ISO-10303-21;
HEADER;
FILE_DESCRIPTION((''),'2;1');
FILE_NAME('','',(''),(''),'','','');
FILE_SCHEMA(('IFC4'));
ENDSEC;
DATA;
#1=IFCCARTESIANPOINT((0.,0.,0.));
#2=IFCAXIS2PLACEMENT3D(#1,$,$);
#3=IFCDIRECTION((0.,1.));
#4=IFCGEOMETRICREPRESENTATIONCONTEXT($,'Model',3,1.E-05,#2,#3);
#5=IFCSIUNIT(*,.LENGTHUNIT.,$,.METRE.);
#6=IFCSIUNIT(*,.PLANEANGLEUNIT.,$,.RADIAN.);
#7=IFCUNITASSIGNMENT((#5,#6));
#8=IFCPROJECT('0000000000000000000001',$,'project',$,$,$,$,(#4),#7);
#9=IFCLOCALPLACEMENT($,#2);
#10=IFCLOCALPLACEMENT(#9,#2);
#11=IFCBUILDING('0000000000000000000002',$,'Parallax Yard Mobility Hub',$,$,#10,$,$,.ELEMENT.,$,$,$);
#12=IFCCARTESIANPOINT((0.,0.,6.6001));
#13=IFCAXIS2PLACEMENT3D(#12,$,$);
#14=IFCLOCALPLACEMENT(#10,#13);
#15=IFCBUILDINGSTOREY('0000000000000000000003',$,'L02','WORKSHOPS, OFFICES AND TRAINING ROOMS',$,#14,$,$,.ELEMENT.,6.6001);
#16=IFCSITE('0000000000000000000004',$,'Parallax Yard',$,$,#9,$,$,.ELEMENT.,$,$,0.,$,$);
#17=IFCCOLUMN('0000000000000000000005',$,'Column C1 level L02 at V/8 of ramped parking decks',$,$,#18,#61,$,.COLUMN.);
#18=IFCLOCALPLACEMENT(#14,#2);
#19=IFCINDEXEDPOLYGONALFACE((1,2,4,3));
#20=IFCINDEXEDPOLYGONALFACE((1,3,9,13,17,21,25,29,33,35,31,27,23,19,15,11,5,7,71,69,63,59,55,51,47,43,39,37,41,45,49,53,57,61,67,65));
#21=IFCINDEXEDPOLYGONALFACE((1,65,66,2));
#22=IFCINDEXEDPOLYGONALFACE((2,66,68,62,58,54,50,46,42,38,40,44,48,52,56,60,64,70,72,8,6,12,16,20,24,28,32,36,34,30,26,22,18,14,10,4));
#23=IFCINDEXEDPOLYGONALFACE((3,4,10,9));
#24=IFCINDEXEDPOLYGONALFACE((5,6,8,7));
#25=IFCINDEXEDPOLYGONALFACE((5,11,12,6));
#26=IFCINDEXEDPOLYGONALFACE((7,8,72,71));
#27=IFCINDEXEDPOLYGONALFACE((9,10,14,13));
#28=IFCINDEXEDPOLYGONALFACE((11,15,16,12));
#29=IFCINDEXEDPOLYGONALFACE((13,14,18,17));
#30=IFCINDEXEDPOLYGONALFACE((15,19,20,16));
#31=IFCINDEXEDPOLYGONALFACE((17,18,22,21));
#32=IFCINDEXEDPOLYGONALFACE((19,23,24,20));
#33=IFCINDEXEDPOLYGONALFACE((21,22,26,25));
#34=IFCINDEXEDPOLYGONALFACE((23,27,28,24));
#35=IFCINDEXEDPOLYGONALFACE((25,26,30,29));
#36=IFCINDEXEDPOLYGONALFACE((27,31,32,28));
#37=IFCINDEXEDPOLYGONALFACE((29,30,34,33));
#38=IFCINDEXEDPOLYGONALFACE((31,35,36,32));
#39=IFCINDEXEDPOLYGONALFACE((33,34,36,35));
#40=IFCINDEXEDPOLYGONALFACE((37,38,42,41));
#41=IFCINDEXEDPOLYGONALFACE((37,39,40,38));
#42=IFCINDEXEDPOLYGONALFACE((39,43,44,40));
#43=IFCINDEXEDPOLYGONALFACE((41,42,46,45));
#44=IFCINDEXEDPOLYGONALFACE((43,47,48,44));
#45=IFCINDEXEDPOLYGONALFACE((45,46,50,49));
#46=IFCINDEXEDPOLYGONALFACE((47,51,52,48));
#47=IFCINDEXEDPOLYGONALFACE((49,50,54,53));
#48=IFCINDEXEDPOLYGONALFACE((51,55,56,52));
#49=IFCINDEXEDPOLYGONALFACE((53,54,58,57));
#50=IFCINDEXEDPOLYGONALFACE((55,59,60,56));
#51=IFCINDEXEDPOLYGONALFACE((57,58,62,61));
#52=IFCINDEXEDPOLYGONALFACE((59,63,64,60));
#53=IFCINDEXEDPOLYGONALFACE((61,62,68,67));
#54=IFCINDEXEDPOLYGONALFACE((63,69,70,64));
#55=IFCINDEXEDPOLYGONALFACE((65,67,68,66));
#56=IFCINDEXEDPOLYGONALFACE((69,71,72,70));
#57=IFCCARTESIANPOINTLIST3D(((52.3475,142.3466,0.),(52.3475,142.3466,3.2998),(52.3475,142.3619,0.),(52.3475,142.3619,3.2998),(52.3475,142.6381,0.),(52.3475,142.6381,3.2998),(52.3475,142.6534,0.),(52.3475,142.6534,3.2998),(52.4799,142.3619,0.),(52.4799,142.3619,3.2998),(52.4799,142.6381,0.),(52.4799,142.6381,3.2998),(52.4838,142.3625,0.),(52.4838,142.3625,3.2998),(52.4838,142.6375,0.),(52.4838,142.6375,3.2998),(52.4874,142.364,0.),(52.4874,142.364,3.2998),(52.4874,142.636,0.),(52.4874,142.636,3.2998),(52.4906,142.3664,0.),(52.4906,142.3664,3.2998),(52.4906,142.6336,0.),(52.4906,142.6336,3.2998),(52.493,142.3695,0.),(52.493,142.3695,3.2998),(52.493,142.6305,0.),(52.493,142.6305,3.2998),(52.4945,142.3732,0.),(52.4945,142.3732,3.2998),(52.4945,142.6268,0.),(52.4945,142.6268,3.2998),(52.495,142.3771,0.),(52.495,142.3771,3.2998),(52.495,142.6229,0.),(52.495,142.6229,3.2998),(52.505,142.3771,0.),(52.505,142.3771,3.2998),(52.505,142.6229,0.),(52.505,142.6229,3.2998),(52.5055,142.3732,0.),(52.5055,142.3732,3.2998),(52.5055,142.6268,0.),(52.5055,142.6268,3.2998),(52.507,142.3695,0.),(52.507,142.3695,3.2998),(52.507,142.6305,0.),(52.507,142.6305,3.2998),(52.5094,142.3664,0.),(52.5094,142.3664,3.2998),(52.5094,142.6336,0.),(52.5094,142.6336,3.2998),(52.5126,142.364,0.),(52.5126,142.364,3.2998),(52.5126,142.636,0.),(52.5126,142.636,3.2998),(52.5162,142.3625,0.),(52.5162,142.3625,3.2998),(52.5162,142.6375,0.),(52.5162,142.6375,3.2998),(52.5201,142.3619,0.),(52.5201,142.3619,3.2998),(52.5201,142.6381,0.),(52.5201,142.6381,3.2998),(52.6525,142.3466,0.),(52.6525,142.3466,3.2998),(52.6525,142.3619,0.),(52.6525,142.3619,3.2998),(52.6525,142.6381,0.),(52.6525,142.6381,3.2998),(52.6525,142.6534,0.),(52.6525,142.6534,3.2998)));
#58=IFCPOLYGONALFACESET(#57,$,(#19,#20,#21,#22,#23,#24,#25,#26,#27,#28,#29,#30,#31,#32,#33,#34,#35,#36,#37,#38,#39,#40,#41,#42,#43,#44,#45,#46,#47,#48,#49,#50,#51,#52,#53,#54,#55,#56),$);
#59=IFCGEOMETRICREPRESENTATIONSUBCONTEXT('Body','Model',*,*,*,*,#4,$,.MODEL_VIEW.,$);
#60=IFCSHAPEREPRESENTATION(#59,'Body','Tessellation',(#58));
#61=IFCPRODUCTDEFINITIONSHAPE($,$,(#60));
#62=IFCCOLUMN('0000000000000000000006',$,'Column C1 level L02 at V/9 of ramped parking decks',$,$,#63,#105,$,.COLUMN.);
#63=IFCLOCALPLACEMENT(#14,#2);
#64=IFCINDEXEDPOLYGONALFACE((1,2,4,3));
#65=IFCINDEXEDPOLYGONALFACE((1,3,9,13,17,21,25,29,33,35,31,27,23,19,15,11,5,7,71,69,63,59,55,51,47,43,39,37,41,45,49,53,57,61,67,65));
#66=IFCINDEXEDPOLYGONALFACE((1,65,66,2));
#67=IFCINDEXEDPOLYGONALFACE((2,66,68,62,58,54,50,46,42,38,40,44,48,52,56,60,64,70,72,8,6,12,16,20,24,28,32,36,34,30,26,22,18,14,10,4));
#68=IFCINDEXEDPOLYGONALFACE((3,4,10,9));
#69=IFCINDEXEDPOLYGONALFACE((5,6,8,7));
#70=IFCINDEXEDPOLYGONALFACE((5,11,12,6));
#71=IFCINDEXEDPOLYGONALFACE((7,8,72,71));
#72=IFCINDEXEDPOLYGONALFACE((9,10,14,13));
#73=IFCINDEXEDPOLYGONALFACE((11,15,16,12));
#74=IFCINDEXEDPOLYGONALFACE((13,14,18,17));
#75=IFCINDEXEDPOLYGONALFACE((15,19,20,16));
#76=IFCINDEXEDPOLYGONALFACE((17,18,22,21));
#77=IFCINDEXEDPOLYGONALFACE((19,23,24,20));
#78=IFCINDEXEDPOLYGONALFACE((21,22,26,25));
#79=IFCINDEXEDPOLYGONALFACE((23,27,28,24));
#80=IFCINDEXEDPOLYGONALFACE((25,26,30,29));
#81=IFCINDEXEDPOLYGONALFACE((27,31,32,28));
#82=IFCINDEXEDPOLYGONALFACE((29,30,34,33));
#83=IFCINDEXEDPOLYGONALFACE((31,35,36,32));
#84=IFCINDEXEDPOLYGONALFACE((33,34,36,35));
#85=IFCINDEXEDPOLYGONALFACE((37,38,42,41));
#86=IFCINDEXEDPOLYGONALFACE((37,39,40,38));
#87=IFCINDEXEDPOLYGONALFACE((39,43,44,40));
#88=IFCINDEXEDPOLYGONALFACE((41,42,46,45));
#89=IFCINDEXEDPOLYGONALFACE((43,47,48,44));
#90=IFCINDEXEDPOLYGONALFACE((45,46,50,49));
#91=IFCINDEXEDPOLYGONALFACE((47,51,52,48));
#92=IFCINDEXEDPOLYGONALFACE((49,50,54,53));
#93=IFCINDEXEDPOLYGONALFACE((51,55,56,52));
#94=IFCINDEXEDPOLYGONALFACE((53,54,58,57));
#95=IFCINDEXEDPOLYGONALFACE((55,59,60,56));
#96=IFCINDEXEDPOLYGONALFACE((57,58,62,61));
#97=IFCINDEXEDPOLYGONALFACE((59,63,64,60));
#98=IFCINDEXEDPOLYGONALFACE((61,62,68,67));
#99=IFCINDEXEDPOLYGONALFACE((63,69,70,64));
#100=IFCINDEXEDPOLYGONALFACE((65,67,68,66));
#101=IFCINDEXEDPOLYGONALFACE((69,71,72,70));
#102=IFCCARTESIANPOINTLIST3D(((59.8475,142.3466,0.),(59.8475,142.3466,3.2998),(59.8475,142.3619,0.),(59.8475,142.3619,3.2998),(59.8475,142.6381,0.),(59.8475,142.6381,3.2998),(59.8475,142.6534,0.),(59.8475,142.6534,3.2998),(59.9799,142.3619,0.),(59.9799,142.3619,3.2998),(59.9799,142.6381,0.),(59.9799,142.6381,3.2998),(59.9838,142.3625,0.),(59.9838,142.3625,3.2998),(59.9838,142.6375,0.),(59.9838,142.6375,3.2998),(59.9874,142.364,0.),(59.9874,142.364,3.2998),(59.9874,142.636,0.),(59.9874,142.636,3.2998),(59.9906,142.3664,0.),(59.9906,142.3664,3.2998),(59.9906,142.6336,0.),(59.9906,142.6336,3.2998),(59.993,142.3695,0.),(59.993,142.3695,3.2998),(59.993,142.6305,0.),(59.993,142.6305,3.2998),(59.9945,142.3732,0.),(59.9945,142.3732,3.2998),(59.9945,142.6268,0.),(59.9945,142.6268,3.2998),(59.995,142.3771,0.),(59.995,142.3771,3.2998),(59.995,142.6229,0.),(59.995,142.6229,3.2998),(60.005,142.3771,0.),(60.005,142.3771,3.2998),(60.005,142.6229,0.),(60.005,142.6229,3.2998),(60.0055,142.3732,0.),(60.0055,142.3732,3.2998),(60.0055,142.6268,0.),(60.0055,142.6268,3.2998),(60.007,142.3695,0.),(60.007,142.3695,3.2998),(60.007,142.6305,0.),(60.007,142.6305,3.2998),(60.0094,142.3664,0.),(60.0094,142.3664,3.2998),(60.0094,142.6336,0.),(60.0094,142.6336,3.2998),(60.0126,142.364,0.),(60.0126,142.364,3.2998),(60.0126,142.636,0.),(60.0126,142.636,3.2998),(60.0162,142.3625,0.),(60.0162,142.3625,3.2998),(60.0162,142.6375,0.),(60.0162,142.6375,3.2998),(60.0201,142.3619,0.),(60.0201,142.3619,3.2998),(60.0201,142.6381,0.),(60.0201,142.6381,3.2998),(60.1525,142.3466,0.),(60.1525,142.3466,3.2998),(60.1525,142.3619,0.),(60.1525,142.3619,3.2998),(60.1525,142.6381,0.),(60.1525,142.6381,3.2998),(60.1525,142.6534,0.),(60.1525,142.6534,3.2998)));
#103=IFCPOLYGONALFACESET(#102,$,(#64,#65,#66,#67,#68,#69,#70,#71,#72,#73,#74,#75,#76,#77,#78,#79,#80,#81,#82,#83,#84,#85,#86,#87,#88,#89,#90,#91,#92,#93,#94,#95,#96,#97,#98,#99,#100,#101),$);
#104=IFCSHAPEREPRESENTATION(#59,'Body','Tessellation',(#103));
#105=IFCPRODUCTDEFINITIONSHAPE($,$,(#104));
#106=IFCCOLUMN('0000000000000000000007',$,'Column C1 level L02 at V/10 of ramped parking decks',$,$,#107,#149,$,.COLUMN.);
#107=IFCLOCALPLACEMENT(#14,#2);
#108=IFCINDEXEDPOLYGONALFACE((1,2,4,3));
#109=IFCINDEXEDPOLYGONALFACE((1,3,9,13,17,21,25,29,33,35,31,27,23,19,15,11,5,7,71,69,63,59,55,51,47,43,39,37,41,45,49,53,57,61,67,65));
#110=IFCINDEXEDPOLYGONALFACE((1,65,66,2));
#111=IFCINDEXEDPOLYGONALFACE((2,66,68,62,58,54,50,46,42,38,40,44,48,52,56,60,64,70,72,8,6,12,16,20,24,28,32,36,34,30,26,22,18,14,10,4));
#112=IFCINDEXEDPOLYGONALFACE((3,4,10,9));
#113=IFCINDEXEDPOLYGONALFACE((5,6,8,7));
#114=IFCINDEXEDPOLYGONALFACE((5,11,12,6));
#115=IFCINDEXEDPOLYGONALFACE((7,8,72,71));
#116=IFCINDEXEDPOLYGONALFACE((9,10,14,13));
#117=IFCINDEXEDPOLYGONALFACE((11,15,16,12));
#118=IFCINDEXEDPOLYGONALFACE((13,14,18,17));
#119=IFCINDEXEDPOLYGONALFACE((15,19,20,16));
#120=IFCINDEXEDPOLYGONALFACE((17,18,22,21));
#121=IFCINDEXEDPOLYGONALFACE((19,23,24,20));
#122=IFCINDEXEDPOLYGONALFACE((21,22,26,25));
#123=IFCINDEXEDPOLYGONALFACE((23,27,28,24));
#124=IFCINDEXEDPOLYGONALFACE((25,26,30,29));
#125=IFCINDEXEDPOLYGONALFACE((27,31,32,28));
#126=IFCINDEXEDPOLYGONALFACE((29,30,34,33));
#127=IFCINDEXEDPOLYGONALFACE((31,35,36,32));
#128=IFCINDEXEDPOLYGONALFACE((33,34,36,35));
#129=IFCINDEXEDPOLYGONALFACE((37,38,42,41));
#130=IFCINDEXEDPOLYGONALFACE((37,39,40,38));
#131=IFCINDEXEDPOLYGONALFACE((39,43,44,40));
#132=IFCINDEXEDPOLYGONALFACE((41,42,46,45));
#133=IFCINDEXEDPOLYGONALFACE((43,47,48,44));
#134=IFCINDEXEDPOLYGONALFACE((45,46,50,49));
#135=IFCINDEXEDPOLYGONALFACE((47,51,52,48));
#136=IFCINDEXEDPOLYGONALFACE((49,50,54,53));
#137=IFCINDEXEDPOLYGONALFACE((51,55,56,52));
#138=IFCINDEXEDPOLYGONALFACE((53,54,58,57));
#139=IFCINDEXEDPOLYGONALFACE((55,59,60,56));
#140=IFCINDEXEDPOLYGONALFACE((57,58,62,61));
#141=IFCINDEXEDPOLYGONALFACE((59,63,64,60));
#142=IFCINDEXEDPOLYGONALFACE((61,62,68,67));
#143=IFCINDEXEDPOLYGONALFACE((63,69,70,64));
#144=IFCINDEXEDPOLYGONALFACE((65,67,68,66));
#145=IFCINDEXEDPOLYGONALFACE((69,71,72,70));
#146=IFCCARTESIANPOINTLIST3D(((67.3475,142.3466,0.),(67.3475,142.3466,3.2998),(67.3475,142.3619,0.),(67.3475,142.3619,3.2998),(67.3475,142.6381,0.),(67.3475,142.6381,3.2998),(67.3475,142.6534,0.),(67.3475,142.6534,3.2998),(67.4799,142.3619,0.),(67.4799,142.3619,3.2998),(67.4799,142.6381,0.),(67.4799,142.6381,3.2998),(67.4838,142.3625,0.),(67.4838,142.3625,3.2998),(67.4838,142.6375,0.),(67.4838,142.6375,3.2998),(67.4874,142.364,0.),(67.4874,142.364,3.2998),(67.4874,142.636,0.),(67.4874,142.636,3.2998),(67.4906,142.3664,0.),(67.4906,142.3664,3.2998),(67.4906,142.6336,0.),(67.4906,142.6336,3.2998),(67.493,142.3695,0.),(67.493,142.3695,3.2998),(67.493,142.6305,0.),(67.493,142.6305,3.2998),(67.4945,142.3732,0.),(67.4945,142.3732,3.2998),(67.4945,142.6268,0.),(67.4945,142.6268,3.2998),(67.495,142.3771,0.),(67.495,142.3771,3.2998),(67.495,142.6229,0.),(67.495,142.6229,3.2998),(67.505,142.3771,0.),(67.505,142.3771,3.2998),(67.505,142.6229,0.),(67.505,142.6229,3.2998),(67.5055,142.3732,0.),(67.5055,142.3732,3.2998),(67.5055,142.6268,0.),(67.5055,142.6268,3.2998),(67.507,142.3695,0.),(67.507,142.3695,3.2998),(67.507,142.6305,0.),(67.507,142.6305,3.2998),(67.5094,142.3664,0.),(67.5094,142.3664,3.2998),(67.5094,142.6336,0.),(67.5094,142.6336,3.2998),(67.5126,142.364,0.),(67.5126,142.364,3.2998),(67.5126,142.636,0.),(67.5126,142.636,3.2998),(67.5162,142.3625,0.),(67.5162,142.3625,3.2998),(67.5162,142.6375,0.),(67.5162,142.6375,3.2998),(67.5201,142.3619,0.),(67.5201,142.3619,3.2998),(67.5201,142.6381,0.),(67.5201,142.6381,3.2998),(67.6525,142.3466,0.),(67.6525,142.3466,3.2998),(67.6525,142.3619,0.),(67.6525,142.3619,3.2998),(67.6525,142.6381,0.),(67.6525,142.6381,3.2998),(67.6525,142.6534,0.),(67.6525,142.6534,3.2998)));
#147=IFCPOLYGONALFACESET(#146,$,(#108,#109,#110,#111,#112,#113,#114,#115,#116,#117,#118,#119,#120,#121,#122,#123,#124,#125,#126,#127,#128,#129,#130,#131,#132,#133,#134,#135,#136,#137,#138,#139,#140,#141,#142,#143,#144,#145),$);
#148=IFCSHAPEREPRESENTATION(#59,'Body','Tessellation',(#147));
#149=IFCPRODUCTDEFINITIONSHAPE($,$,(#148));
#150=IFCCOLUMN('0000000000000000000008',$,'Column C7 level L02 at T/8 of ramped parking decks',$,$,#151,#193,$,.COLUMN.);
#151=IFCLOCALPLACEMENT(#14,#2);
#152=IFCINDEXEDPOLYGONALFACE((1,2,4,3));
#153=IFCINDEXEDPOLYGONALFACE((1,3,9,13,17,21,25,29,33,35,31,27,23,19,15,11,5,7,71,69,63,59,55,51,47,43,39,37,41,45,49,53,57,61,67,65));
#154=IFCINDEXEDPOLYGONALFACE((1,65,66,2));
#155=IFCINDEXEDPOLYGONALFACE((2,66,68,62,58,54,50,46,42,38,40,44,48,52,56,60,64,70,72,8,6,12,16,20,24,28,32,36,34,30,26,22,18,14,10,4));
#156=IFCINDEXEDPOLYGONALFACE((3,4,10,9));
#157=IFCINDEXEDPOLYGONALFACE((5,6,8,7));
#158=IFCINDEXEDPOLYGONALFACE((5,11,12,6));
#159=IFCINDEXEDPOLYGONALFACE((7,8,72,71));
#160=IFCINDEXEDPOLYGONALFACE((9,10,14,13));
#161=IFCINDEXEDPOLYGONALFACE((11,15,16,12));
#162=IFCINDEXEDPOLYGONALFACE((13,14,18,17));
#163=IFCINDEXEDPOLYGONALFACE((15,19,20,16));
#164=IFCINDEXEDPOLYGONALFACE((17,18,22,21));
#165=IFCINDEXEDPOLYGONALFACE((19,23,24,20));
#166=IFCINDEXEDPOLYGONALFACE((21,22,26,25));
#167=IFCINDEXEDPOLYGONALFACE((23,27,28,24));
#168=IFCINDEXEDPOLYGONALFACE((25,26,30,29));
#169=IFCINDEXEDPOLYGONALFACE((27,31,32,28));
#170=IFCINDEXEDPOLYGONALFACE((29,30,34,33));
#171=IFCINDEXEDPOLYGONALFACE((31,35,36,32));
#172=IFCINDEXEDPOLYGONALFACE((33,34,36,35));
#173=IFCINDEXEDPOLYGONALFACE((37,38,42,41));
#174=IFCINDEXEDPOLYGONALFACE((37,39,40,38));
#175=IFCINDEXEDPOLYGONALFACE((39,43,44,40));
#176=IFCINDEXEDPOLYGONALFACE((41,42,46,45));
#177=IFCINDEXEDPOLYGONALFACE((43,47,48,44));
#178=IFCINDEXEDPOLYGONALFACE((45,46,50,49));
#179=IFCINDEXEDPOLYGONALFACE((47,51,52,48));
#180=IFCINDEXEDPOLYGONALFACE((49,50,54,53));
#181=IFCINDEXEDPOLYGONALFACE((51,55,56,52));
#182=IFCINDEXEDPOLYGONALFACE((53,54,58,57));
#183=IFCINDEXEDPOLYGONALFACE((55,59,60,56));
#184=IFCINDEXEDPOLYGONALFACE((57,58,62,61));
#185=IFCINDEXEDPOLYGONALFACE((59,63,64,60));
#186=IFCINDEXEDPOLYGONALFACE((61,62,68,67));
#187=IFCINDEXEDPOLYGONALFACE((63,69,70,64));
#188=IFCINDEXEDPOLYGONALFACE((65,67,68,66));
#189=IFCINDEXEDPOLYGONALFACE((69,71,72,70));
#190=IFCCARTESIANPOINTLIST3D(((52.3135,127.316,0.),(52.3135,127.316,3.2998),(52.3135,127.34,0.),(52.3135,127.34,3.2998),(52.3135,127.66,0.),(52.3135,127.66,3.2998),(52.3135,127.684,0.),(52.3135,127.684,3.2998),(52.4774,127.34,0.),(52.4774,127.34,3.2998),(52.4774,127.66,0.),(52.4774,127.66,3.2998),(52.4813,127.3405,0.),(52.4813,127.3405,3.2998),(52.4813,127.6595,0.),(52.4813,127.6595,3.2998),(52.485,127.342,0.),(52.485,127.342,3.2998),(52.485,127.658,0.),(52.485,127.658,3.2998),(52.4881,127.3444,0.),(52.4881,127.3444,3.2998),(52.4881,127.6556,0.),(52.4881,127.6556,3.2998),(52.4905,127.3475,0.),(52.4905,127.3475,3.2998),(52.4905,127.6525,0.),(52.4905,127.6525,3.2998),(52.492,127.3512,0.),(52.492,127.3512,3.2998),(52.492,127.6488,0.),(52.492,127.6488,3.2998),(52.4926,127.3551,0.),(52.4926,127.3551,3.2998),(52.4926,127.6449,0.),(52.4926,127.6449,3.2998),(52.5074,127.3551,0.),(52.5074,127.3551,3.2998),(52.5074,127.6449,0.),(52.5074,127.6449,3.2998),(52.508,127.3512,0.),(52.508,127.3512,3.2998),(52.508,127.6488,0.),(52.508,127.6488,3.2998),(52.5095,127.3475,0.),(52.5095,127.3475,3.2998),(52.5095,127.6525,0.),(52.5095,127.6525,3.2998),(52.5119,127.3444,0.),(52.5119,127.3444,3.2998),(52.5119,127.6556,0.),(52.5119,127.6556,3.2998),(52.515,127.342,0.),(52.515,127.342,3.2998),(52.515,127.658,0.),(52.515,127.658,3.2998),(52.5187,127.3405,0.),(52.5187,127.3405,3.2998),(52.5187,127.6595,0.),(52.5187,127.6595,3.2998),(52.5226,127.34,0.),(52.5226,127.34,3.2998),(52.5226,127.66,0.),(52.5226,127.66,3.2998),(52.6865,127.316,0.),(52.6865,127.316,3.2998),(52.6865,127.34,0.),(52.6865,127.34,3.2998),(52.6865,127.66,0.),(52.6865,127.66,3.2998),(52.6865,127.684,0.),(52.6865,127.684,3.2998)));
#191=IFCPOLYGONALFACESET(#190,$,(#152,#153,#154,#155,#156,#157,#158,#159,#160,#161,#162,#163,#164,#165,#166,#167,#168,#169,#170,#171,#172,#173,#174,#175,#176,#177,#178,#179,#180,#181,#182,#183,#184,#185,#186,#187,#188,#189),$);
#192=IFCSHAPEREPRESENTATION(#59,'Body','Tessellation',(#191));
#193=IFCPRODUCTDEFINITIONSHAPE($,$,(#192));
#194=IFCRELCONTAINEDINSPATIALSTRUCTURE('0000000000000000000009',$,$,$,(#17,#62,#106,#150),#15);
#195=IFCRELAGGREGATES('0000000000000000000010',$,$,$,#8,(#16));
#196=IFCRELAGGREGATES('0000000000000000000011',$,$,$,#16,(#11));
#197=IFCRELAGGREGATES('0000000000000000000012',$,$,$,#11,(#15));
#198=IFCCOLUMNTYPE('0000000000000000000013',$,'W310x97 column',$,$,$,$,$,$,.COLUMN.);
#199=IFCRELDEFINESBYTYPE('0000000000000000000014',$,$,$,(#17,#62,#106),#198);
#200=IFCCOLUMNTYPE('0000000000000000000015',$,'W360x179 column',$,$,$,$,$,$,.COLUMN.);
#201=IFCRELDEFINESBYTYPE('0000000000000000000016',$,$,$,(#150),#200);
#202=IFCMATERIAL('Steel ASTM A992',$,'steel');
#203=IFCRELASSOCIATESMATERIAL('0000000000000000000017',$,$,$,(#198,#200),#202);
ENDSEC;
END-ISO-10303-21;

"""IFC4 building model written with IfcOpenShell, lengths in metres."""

from ifc_helpers import new_model, si_unit, direction, frame, origin, origin_2d, place, context, subcontext, project, spatial, i_section, extrude, material, material_profile, profile_set, type_object, element, save


model = new_model("IFC4")

# Units and contexts
model_context = context("Model", 3, precision=1e-05, world=origin(), true_north=direction((0.0, 1.0)))
body_context = subcontext(model_context, "Body", "Model", "MODEL_VIEW")
ifc_project = project(units=[si_unit("LENGTHUNIT", "METRE"), si_unit("PLANEANGLEUNIT", "RADIAN")], contexts=[model_context])

# Site, building, storey
site_placement = place(None, origin())
site = spatial("IfcSite", under=ifc_project, at=site_placement, Name="Parallax Yard", CompositionType="ELEMENT", RefElevation=0.0)
building_placement = place(site_placement, origin())
building = spatial("IfcBuilding", under=site, at=building_placement, Name="Parallax Yard Mobility Hub", CompositionType="ELEMENT")
storey_placement = place(building_placement, frame((0.0, 0.0, 6.6001)))
storey = spatial("IfcBuildingStorey", under=building, at=storey_placement, Name="L02", Description="WORKSHOPS, OFFICES AND TRAINING ROOMS", CompositionType="ELEMENT", Elevation=6.6001)

# Columns
ifc_material_1 = material(Name="Steel ASTM A992", Category="steel")
ifc_material_profile_1 = material_profile(ifc_material_1, i_section(OverallWidth=0.3049, OverallDepth=0.3069, WebThickness=0.01, FlangeThickness=0.0154, FilletRadius=0.0151, at=origin_2d()), Name="W310x97")
ifc_profile_set_1 = profile_set([ifc_material_profile_1], Name="Steel ASTM A992")
column_type_1 = type_object("IfcColumnType", Name="W310x97 column", PredefinedType="COLUMN", material=ifc_profile_set_1)
for number, where, z_axis, x_axis, name in (
    (1, (52.5, 142.5, 0.0), (0.0, 0.0, 1.0), (1.0, 0.0, 0.0), "Column C1 level L02 at V/8 of ramped parking decks"),
    (2, (60.0, 142.5, 0.0), (0.0, 0.0, 1.0), (1.0, 0.0, 0.0), "Column C1 level L02 at V/9 of ramped parking decks"),
    (3, (67.5, 142.5, 0.0), (0.0, 0.0, 1.0), (1.0, 0.0, 0.0), "Column C1 level L02 at V/10 of ramped parking decks"),
):
    element("IfcColumn", number, at=place(storey_placement, frame(where, z_axis=z_axis, x_axis=x_axis)), inside=storey, type_object=column_type_1, Name=name, PredefinedType="COLUMN", context=body_context, shape_type="SweptSolid", body=[
        extrude(i_section(OverallWidth=0.3049, OverallDepth=0.3069, WebThickness=0.01, FlangeThickness=0.0154, FilletRadius=0.0151, at=origin_2d()), origin(), (0.0, 0.0, 1.0), 3.2998),
    ])
ifc_material_profile_2 = material_profile(ifc_material_1, i_section(OverallWidth=0.373, OverallDepth=0.3679, WebThickness=0.0149, FlangeThickness=0.0239, FilletRadius=0.0151, at=origin_2d()), Name="W360x179")
ifc_profile_set_2 = profile_set([ifc_material_profile_2], Name="Steel ASTM A992")
column_type_2 = type_object("IfcColumnType", Name="W360x179 column", PredefinedType="COLUMN", material=ifc_profile_set_2)
for number, where, z_axis, x_axis, name in (
    (4, (52.5, 127.5, 0.0), (0.0, 0.0, 1.0), (1.0, 0.0, 0.0), "Column C7 level L02 at T/8 of ramped parking decks"),
):
    element("IfcColumn", number, at=place(storey_placement, frame(where, z_axis=z_axis, x_axis=x_axis)), inside=storey, type_object=column_type_2, Name=name, PredefinedType="COLUMN", context=body_context, shape_type="SweptSolid", body=[
        extrude(i_section(OverallWidth=0.373, OverallDepth=0.3679, WebThickness=0.0149, FlangeThickness=0.0239, FilletRadius=0.0151, at=origin_2d()), origin(), (0.0, 0.0, 1.0), 3.2998),
    ])

save(model, "model.ifc")
